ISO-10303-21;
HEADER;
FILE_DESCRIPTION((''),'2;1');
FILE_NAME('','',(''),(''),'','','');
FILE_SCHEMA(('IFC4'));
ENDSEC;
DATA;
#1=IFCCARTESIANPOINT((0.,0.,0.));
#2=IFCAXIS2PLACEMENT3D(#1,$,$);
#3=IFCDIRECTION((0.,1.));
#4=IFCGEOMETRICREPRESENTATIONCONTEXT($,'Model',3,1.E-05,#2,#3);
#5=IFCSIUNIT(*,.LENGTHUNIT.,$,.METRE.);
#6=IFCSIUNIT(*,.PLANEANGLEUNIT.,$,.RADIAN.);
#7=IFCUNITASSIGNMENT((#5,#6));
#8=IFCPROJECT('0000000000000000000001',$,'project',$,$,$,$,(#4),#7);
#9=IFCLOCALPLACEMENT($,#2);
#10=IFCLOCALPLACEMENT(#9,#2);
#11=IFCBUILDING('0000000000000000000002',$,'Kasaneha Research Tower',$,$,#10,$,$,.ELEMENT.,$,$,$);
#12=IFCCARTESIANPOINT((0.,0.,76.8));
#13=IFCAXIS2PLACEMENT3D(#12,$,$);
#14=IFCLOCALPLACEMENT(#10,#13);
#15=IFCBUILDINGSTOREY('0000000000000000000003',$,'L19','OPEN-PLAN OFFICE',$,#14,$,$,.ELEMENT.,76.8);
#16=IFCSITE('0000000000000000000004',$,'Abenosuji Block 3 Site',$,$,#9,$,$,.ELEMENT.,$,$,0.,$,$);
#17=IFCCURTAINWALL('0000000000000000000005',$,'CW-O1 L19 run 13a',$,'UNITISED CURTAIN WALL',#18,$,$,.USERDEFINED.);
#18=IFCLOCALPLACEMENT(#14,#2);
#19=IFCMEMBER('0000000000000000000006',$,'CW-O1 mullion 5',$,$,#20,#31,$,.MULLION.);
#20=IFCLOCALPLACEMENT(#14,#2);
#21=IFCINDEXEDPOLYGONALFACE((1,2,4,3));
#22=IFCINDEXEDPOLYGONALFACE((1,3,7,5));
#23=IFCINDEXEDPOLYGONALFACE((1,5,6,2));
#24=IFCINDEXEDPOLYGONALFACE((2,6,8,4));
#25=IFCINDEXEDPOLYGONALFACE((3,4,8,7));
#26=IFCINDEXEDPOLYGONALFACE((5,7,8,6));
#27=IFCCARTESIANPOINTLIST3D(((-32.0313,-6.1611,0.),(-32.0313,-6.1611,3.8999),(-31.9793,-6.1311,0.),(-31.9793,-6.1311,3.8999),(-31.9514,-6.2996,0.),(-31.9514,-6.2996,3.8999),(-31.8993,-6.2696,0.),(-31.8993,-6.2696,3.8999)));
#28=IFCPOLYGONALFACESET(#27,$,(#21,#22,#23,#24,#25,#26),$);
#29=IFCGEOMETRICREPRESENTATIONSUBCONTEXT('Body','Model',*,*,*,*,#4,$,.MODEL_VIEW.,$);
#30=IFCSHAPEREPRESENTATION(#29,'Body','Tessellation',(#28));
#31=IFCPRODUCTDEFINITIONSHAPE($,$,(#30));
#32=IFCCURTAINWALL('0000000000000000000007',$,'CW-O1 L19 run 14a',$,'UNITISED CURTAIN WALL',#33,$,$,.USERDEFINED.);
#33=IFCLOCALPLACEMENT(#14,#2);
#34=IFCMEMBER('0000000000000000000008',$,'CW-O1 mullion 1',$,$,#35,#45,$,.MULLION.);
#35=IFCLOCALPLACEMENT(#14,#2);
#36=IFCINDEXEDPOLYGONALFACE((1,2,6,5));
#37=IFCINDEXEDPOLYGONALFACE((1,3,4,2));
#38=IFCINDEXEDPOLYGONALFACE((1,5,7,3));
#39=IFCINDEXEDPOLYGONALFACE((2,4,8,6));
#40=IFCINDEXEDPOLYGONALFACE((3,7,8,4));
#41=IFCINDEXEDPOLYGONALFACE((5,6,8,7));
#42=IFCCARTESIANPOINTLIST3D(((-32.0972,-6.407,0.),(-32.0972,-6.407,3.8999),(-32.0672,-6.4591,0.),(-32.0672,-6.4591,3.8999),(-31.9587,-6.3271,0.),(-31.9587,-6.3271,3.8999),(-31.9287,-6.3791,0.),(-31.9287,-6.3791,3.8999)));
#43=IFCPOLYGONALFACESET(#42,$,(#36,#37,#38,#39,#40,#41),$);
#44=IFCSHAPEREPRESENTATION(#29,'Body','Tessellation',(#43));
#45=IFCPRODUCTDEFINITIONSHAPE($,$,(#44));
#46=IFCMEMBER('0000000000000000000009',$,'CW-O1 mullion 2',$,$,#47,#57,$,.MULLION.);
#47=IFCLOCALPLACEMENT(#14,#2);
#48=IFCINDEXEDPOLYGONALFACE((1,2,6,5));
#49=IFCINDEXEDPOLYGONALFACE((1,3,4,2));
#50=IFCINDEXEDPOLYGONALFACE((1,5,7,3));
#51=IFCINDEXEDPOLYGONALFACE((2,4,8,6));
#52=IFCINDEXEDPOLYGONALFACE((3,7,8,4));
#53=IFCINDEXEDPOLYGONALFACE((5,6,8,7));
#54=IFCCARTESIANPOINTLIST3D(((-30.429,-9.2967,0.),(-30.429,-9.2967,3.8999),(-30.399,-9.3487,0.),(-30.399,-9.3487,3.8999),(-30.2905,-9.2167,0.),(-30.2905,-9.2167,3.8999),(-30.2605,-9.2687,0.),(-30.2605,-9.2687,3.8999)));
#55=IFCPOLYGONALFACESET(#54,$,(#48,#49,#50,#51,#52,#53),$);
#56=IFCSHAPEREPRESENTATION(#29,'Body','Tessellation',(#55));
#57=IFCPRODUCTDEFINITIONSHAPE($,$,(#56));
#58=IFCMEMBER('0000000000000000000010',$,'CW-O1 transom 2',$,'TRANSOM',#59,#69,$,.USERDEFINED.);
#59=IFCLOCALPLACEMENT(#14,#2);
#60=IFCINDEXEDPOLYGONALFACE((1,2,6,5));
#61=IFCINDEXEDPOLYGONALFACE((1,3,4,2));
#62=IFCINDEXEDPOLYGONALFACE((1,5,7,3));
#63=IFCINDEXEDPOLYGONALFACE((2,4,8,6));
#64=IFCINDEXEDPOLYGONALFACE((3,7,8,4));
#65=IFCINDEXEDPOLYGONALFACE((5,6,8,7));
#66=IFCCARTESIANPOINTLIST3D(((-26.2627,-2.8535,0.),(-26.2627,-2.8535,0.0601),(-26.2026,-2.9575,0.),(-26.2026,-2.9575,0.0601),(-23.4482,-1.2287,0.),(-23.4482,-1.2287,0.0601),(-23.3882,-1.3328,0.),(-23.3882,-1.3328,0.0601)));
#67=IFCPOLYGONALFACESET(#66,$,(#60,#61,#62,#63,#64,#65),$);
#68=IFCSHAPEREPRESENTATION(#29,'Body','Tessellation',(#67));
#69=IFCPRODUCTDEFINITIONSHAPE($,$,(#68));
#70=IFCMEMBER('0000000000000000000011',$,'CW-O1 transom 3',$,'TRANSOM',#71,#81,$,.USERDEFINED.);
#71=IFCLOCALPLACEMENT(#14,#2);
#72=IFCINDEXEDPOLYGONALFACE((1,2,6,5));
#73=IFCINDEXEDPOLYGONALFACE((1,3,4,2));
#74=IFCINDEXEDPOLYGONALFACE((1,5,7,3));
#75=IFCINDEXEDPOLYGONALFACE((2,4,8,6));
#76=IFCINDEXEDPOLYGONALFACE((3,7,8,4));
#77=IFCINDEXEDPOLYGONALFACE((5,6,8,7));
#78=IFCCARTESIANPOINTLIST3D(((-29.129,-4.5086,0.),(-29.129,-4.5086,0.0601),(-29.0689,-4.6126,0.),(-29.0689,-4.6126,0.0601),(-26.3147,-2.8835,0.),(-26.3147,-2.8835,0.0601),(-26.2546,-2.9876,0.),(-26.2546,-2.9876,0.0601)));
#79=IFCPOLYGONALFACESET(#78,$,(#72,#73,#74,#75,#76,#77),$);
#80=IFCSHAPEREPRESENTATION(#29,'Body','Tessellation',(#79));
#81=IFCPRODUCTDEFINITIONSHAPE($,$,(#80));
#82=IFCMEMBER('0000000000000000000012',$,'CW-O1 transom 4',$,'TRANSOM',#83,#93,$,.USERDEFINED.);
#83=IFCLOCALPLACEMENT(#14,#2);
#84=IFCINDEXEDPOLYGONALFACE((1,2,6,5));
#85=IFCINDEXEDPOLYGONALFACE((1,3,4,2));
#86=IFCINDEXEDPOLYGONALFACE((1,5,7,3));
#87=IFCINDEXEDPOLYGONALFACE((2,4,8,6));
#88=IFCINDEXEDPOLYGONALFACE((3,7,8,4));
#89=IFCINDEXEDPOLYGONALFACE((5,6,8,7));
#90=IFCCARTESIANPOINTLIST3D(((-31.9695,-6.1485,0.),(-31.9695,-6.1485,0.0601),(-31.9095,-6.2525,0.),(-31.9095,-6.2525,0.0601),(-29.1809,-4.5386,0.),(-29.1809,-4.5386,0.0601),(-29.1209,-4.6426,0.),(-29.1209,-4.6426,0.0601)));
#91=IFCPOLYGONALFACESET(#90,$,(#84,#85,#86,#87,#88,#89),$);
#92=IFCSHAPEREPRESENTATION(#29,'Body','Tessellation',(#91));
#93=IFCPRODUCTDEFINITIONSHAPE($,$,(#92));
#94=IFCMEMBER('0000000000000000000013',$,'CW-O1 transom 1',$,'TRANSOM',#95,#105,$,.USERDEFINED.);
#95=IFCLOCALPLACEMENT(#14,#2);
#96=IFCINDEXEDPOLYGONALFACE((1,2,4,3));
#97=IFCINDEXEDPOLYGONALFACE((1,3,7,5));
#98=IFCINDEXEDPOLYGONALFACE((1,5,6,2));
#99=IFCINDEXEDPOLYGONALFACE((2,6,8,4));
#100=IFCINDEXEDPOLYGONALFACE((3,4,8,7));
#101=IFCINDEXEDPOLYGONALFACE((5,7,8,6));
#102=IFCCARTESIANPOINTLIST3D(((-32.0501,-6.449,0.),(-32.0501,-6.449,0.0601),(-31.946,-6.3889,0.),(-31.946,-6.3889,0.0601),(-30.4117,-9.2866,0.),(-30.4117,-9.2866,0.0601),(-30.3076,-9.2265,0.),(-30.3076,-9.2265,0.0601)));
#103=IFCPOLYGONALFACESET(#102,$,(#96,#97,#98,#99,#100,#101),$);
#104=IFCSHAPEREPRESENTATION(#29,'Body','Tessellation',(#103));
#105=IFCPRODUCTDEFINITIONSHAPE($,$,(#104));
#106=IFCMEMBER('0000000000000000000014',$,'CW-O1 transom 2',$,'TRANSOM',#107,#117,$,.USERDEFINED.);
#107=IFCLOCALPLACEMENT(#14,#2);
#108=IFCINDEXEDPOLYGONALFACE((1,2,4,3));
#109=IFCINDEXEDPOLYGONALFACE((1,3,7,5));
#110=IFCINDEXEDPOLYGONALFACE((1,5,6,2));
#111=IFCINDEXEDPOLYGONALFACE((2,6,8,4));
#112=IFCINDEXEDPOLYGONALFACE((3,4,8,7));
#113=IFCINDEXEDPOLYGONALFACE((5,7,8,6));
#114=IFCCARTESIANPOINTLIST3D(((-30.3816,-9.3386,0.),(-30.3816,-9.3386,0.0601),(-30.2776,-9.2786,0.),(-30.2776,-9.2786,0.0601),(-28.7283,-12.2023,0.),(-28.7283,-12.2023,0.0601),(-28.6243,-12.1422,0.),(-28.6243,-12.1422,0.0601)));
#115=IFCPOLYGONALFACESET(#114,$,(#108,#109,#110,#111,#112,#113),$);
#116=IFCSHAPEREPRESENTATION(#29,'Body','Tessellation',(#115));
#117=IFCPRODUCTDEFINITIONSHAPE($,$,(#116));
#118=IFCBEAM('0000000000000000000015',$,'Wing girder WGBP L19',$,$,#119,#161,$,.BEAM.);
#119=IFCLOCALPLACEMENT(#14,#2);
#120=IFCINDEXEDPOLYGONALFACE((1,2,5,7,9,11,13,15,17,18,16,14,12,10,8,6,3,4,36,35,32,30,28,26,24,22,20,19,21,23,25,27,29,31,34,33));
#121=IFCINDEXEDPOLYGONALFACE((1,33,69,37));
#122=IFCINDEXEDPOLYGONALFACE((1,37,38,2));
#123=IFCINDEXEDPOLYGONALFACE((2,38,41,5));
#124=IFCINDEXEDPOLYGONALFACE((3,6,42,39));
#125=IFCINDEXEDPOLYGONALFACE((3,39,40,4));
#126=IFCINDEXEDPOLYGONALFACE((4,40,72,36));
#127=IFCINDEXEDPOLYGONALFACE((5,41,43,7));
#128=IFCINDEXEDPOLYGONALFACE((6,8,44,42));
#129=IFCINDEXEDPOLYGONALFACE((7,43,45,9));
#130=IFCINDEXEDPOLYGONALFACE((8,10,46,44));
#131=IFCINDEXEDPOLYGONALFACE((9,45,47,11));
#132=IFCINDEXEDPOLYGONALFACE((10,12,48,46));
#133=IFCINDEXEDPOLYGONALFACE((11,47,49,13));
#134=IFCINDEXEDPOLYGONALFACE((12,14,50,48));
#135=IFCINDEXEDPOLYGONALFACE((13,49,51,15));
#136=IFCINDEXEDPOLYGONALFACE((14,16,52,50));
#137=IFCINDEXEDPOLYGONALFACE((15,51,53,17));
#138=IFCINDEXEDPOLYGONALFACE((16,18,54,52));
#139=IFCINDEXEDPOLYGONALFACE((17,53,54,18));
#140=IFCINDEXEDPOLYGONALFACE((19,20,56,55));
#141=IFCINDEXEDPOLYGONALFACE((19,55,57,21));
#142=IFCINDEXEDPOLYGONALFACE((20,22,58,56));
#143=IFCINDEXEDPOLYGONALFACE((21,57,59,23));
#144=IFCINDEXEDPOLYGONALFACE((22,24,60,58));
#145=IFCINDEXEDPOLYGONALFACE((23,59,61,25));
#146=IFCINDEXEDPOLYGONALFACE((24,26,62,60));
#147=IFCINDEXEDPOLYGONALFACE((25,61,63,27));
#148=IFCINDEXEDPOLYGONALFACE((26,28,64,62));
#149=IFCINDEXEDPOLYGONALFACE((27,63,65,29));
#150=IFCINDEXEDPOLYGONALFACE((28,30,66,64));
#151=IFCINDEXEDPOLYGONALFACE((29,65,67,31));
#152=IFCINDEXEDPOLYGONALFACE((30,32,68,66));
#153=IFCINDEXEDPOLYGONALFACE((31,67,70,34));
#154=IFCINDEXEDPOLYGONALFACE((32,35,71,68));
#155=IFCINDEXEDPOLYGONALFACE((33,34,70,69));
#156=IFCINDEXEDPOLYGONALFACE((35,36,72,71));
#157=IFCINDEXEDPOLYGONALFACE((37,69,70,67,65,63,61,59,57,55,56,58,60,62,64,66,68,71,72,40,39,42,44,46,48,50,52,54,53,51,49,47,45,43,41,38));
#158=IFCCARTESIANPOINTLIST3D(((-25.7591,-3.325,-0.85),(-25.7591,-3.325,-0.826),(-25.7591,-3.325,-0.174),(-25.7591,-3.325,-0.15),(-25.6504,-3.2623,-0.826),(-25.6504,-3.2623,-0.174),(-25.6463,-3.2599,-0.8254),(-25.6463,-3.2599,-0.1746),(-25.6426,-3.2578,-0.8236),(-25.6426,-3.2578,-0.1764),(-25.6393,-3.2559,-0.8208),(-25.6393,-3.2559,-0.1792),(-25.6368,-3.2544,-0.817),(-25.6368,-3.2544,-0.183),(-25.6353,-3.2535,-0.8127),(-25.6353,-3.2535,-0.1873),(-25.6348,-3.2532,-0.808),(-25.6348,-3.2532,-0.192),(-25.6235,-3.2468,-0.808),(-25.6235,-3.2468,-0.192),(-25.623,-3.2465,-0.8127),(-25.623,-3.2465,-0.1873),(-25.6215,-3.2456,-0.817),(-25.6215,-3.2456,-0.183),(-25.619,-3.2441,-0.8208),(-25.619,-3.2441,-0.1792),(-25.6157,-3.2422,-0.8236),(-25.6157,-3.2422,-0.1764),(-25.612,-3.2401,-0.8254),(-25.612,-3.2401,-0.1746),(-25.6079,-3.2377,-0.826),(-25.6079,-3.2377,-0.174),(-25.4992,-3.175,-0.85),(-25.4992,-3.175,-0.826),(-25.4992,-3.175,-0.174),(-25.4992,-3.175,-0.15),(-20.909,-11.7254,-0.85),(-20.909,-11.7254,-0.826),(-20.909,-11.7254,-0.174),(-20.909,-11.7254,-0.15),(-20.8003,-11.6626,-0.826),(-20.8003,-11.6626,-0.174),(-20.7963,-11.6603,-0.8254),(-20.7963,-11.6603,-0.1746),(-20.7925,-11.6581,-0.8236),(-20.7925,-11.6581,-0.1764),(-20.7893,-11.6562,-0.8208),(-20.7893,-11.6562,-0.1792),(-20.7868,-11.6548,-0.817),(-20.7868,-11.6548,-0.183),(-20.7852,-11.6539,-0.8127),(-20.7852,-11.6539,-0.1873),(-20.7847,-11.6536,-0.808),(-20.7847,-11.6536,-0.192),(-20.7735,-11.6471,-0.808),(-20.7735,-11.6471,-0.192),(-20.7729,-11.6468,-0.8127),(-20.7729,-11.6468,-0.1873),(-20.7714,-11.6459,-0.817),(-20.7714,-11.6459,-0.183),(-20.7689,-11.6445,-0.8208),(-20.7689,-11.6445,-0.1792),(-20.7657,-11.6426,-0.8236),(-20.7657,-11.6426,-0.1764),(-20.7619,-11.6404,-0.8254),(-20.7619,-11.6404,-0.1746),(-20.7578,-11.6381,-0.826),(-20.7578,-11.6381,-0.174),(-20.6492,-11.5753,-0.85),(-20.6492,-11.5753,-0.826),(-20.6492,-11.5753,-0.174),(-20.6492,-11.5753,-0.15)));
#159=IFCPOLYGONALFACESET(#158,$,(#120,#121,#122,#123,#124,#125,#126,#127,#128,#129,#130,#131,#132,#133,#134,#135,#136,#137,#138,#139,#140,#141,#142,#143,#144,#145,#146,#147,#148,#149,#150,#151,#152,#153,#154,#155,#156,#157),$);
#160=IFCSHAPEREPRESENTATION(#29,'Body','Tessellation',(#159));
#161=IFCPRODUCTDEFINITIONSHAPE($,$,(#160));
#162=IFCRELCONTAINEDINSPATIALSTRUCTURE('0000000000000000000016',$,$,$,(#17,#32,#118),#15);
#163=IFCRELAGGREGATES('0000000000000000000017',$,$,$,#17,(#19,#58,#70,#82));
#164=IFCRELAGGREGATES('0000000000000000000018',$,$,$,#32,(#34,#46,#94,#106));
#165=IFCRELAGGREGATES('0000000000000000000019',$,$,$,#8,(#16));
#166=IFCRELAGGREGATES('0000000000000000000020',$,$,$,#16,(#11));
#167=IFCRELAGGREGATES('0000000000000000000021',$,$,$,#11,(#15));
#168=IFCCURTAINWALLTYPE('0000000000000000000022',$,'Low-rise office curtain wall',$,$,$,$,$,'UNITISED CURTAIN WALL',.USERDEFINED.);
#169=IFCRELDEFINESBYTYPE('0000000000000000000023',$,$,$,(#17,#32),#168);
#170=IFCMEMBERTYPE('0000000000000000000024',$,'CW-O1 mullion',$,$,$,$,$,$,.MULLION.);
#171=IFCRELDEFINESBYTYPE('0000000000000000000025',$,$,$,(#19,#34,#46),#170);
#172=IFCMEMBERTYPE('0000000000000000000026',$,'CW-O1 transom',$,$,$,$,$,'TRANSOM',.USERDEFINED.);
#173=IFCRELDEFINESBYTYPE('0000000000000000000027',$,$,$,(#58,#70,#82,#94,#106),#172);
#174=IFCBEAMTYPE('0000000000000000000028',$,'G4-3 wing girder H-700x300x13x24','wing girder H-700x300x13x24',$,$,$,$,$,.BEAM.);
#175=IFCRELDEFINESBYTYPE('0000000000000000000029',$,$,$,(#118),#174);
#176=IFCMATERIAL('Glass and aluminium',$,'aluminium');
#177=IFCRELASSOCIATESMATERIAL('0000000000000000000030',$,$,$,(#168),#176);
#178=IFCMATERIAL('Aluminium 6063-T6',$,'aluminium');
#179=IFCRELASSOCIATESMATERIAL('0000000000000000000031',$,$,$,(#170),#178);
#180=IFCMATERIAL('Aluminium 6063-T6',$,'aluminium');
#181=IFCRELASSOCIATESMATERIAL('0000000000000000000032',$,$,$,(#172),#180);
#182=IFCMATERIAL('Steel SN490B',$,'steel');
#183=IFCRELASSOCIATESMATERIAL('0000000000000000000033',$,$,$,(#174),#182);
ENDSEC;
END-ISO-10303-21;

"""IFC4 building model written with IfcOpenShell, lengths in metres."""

from ifc_helpers import new_model, si_unit, direction, frame, origin, origin_2d, place, context, subcontext, project, spatial, rectangle, i_section, extrude, material, material_profile, profile_set, type_object, element, aggregate, save


model = new_model("IFC4")

# Units and contexts
model_context = context("Model", 3, precision=1e-05, world=origin(), true_north=direction((0.0, 1.0)))
body_context = subcontext(model_context, "Body", "Model", "MODEL_VIEW")
ifc_project = project(units=[si_unit("LENGTHUNIT", "METRE"), si_unit("PLANEANGLEUNIT", "RADIAN")], contexts=[model_context])

# Site, building, storey
site_placement = place(None, origin())
site = spatial("IfcSite", under=ifc_project, at=site_placement, Name="Abenosuji Block 3 Site", CompositionType="ELEMENT", RefElevation=0.0)
building_placement = place(site_placement, origin())
building = spatial("IfcBuilding", under=site, at=building_placement, Name="Kasaneha Research Tower", CompositionType="ELEMENT")
storey_placement = place(building_placement, frame((0.0, 0.0, 76.8)))
storey = spatial("IfcBuildingStorey", under=building, at=storey_placement, Name="L19", Description="OPEN-PLAN OFFICE", CompositionType="ELEMENT", Elevation=76.8)

# Curtain walls, members
ifc_material_1 = material(Name="Glass and aluminium", Category="aluminium")
curtain_wall_type = type_object("IfcCurtainWallType", Name="Low-rise office curtain wall", ElementType="UNITISED CURTAIN WALL", PredefinedType="USERDEFINED", material=ifc_material_1)
curtain_wall_1_placement = place(storey_placement, origin())
curtain_wall_1 = element("IfcCurtainWall", 1, at=curtain_wall_1_placement, inside=storey, type_object=curtain_wall_type, Name="CW-O1 L19 run 13a", ObjectType="UNITISED CURTAIN WALL", PredefinedType="USERDEFINED")
ifc_material_2 = material(Name="Aluminium 6063-T6", Category="aluminium")
ifc_material_profile_1 = material_profile(ifc_material_2, rectangle(XDim=0.0601, YDim=0.1599, at=origin_2d()), Name="CW-O1 mullion 60x160")
ifc_profile_set_1 = profile_set([ifc_material_profile_1], Name="Aluminium 6063-T6")
member_type_1 = type_object("IfcMemberType", Name="CW-O1 mullion", PredefinedType="MULLION", material=ifc_profile_set_1)
member_1_placement = place(storey_placement, frame((-31.9653, -6.2153, 0.0), z_axis=(0.0, 0.0, 1.0), x_axis=(-0.866025, -0.5, 0.0)))
member_1 = element("IfcMember", 2, at=member_1_placement, type_object=member_type_1, Name="CW-O1 mullion 5", PredefinedType="MULLION", context=body_context, shape_type="SweptSolid", body=[
    extrude(rectangle(XDim=0.0601, YDim=0.1599, at=origin_2d()), origin(), (0.0, 0.0, 1.0), 3.8999),
])
curtain_wall_2_placement = place(storey_placement, origin())
curtain_wall_2 = element("IfcCurtainWall", 3, at=curtain_wall_2_placement, inside=storey, type_object=curtain_wall_type, Name="CW-O1 L19 run 14a", ObjectType="UNITISED CURTAIN WALL", PredefinedType="USERDEFINED")
member_2_placement = place(storey_placement, frame((-32.0129, -6.3931, 0.0), z_axis=(0.0, 0.0, 1.0), x_axis=(0.5, -0.866025, 0.0)))
member_2 = element("IfcMember", 4, at=member_2_placement, type_object=member_type_1, Name="CW-O1 mullion 1", PredefinedType="MULLION", context=body_context, shape_type="SweptSolid", body=[
    extrude(rectangle(XDim=0.0601, YDim=0.1599, at=origin_2d()), origin(), (0.0, 0.0, 1.0), 3.8999),
])
member_3_placement = place(storey_placement, frame((-30.3447, -9.2827, 0.0), z_axis=(0.0, 0.0, 1.0), x_axis=(0.5, -0.866025, 0.0)))
member_3 = element("IfcMember", 5, at=member_3_placement, type_object=member_type_1, Name="CW-O1 mullion 2", PredefinedType="MULLION", context=body_context, shape_type="SweptSolid", body=[
    extrude(rectangle(XDim=0.0601, YDim=0.1599, at=origin_2d()), origin(), (0.0, 0.0, 1.0), 3.8999),
])

# Members
ifc_material_3 = material(Name="Aluminium 6063-T6", Category="aluminium")
ifc_material_profile_2 = material_profile(ifc_material_3, rectangle(XDim=0.1201, YDim=0.0601, at=origin_2d()), Name="CW-O1 transom 120x60")
ifc_profile_set_2 = profile_set([ifc_material_profile_2], Name="Aluminium 6063-T6")
member_type_2 = type_object("IfcMemberType", Name="CW-O1 transom", ElementType="TRANSOM", PredefinedType="USERDEFINED", material=ifc_profile_set_2)
member_4_placement = place(storey_placement, frame((-23.4182, -1.2808, 0.03), z_axis=(-0.866048, -0.499961, 0.0), x_axis=(0.499961, -0.866048, 0.0)))
member_4 = element("IfcMember", 6, at=member_4_placement, type_object=member_type_2, Name="CW-O1 transom 2", ObjectType="TRANSOM", PredefinedType="USERDEFINED", context=body_context, shape_type="SweptSolid", body=[
    extrude(rectangle(XDim=0.1201, YDim=0.0601, at=origin_2d()), origin(), (0.0, 0.0, 1.0), 3.2498),
])
member_5_placement = place(storey_placement, frame((-26.2847, -2.9355, 0.03), z_axis=(-0.865997, -0.50005, 0.0), x_axis=(0.50005, -0.865997, 0.0)))
member_5 = element("IfcMember", 7, at=member_5_placement, type_object=member_type_2, Name="CW-O1 transom 3", ObjectType="TRANSOM", PredefinedType="USERDEFINED", context=body_context, shape_type="SweptSolid", body=[
    extrude(rectangle(XDim=0.1201, YDim=0.0601, at=origin_2d()), origin(), (0.0, 0.0, 1.0), 3.2498),
])
member_6_placement = place(storey_placement, frame((-29.1509, -4.5906, 0.03), z_axis=(-0.866042, -0.499972, 0.0), x_axis=(0.499972, -0.866042, 0.0)))
member_6 = element("IfcMember", 8, at=member_6_placement, type_object=member_type_2, Name="CW-O1 transom 4", ObjectType="TRANSOM", PredefinedType="USERDEFINED", context=body_context, shape_type="SweptSolid", body=[
    extrude(rectangle(XDim=0.1201, YDim=0.0601, at=origin_2d()), origin(), (0.0, 0.0, 1.0), 3.22),
])
member_7_placement = place(storey_placement, frame((-31.998, -6.4189, 0.03), z_axis=(0.500026, -0.866011, 0.0), x_axis=(0.866011, 0.500026, 0.0)))
member_7 = element("IfcMember", 9, at=member_7_placement, type_object=member_type_2, Name="CW-O1 transom 1", ObjectType="TRANSOM", PredefinedType="USERDEFINED", context=body_context, shape_type="SweptSolid", body=[
    extrude(rectangle(XDim=0.1201, YDim=0.0601, at=origin_2d()), origin(), (0.0, 0.0, 1.0), 3.2766),
])
member_8_placement = place(storey_placement, frame((-30.3296, -9.3086, 0.03), z_axis=(0.499982, -0.866036, 0.0), x_axis=(0.866036, 0.499982, 0.0)))
member_8 = element("IfcMember", 10, at=member_8_placement, type_object=member_type_2, Name="CW-O1 transom 2", ObjectType="TRANSOM", PredefinedType="USERDEFINED", context=body_context, shape_type="SweptSolid", body=[
    extrude(rectangle(XDim=0.1201, YDim=0.0601, at=origin_2d()), origin(), (0.0, 0.0, 1.0), 3.3066),
])

# Beam
ifc_material_4 = material(Name="Steel SN490B", Category="steel")
ifc_material_profile_3 = material_profile(ifc_material_4, i_section(OverallWidth=0.3, OverallDepth=0.7, WebThickness=0.0129, FlangeThickness=0.0239, FilletRadius=0.0181, at=origin_2d()), Name="H-700x300x13x24")
ifc_profile_set_3 = profile_set([ifc_material_profile_3], Name="Steel SN490B")
beam_type_1 = type_object("IfcBeamType", Name="G4-3 wing girder H-700x300x13x24", Description="wing girder H-700x300x13x24", PredefinedType="BEAM", material=ifc_profile_set_3)
beam_1_placement = place(storey_placement, frame((-25.6292, -3.25, -0.5), z_axis=(0.50001, -0.86602, 0.0), x_axis=(0.86602, 0.50001, 0.0)))
element("IfcBeam", 11, at=beam_1_placement, inside=storey, type_object=beam_type_1, Name="Wing girder WGBP L19", PredefinedType="BEAM", context=body_context, shape_type="SweptSolid", body=[
    extrude(i_section(OverallWidth=0.3, OverallDepth=0.7, WebThickness=0.0129, FlangeThickness=0.0239, FilletRadius=0.0181, at=origin_2d()), origin(), (0.0, 0.0, 1.0), 9.7),
])

aggregate(curtain_wall_1, [member_1, member_4, member_5, member_6])
aggregate(curtain_wall_2, [member_2, member_3, member_7, member_8])

save(model, "model.ifc")
